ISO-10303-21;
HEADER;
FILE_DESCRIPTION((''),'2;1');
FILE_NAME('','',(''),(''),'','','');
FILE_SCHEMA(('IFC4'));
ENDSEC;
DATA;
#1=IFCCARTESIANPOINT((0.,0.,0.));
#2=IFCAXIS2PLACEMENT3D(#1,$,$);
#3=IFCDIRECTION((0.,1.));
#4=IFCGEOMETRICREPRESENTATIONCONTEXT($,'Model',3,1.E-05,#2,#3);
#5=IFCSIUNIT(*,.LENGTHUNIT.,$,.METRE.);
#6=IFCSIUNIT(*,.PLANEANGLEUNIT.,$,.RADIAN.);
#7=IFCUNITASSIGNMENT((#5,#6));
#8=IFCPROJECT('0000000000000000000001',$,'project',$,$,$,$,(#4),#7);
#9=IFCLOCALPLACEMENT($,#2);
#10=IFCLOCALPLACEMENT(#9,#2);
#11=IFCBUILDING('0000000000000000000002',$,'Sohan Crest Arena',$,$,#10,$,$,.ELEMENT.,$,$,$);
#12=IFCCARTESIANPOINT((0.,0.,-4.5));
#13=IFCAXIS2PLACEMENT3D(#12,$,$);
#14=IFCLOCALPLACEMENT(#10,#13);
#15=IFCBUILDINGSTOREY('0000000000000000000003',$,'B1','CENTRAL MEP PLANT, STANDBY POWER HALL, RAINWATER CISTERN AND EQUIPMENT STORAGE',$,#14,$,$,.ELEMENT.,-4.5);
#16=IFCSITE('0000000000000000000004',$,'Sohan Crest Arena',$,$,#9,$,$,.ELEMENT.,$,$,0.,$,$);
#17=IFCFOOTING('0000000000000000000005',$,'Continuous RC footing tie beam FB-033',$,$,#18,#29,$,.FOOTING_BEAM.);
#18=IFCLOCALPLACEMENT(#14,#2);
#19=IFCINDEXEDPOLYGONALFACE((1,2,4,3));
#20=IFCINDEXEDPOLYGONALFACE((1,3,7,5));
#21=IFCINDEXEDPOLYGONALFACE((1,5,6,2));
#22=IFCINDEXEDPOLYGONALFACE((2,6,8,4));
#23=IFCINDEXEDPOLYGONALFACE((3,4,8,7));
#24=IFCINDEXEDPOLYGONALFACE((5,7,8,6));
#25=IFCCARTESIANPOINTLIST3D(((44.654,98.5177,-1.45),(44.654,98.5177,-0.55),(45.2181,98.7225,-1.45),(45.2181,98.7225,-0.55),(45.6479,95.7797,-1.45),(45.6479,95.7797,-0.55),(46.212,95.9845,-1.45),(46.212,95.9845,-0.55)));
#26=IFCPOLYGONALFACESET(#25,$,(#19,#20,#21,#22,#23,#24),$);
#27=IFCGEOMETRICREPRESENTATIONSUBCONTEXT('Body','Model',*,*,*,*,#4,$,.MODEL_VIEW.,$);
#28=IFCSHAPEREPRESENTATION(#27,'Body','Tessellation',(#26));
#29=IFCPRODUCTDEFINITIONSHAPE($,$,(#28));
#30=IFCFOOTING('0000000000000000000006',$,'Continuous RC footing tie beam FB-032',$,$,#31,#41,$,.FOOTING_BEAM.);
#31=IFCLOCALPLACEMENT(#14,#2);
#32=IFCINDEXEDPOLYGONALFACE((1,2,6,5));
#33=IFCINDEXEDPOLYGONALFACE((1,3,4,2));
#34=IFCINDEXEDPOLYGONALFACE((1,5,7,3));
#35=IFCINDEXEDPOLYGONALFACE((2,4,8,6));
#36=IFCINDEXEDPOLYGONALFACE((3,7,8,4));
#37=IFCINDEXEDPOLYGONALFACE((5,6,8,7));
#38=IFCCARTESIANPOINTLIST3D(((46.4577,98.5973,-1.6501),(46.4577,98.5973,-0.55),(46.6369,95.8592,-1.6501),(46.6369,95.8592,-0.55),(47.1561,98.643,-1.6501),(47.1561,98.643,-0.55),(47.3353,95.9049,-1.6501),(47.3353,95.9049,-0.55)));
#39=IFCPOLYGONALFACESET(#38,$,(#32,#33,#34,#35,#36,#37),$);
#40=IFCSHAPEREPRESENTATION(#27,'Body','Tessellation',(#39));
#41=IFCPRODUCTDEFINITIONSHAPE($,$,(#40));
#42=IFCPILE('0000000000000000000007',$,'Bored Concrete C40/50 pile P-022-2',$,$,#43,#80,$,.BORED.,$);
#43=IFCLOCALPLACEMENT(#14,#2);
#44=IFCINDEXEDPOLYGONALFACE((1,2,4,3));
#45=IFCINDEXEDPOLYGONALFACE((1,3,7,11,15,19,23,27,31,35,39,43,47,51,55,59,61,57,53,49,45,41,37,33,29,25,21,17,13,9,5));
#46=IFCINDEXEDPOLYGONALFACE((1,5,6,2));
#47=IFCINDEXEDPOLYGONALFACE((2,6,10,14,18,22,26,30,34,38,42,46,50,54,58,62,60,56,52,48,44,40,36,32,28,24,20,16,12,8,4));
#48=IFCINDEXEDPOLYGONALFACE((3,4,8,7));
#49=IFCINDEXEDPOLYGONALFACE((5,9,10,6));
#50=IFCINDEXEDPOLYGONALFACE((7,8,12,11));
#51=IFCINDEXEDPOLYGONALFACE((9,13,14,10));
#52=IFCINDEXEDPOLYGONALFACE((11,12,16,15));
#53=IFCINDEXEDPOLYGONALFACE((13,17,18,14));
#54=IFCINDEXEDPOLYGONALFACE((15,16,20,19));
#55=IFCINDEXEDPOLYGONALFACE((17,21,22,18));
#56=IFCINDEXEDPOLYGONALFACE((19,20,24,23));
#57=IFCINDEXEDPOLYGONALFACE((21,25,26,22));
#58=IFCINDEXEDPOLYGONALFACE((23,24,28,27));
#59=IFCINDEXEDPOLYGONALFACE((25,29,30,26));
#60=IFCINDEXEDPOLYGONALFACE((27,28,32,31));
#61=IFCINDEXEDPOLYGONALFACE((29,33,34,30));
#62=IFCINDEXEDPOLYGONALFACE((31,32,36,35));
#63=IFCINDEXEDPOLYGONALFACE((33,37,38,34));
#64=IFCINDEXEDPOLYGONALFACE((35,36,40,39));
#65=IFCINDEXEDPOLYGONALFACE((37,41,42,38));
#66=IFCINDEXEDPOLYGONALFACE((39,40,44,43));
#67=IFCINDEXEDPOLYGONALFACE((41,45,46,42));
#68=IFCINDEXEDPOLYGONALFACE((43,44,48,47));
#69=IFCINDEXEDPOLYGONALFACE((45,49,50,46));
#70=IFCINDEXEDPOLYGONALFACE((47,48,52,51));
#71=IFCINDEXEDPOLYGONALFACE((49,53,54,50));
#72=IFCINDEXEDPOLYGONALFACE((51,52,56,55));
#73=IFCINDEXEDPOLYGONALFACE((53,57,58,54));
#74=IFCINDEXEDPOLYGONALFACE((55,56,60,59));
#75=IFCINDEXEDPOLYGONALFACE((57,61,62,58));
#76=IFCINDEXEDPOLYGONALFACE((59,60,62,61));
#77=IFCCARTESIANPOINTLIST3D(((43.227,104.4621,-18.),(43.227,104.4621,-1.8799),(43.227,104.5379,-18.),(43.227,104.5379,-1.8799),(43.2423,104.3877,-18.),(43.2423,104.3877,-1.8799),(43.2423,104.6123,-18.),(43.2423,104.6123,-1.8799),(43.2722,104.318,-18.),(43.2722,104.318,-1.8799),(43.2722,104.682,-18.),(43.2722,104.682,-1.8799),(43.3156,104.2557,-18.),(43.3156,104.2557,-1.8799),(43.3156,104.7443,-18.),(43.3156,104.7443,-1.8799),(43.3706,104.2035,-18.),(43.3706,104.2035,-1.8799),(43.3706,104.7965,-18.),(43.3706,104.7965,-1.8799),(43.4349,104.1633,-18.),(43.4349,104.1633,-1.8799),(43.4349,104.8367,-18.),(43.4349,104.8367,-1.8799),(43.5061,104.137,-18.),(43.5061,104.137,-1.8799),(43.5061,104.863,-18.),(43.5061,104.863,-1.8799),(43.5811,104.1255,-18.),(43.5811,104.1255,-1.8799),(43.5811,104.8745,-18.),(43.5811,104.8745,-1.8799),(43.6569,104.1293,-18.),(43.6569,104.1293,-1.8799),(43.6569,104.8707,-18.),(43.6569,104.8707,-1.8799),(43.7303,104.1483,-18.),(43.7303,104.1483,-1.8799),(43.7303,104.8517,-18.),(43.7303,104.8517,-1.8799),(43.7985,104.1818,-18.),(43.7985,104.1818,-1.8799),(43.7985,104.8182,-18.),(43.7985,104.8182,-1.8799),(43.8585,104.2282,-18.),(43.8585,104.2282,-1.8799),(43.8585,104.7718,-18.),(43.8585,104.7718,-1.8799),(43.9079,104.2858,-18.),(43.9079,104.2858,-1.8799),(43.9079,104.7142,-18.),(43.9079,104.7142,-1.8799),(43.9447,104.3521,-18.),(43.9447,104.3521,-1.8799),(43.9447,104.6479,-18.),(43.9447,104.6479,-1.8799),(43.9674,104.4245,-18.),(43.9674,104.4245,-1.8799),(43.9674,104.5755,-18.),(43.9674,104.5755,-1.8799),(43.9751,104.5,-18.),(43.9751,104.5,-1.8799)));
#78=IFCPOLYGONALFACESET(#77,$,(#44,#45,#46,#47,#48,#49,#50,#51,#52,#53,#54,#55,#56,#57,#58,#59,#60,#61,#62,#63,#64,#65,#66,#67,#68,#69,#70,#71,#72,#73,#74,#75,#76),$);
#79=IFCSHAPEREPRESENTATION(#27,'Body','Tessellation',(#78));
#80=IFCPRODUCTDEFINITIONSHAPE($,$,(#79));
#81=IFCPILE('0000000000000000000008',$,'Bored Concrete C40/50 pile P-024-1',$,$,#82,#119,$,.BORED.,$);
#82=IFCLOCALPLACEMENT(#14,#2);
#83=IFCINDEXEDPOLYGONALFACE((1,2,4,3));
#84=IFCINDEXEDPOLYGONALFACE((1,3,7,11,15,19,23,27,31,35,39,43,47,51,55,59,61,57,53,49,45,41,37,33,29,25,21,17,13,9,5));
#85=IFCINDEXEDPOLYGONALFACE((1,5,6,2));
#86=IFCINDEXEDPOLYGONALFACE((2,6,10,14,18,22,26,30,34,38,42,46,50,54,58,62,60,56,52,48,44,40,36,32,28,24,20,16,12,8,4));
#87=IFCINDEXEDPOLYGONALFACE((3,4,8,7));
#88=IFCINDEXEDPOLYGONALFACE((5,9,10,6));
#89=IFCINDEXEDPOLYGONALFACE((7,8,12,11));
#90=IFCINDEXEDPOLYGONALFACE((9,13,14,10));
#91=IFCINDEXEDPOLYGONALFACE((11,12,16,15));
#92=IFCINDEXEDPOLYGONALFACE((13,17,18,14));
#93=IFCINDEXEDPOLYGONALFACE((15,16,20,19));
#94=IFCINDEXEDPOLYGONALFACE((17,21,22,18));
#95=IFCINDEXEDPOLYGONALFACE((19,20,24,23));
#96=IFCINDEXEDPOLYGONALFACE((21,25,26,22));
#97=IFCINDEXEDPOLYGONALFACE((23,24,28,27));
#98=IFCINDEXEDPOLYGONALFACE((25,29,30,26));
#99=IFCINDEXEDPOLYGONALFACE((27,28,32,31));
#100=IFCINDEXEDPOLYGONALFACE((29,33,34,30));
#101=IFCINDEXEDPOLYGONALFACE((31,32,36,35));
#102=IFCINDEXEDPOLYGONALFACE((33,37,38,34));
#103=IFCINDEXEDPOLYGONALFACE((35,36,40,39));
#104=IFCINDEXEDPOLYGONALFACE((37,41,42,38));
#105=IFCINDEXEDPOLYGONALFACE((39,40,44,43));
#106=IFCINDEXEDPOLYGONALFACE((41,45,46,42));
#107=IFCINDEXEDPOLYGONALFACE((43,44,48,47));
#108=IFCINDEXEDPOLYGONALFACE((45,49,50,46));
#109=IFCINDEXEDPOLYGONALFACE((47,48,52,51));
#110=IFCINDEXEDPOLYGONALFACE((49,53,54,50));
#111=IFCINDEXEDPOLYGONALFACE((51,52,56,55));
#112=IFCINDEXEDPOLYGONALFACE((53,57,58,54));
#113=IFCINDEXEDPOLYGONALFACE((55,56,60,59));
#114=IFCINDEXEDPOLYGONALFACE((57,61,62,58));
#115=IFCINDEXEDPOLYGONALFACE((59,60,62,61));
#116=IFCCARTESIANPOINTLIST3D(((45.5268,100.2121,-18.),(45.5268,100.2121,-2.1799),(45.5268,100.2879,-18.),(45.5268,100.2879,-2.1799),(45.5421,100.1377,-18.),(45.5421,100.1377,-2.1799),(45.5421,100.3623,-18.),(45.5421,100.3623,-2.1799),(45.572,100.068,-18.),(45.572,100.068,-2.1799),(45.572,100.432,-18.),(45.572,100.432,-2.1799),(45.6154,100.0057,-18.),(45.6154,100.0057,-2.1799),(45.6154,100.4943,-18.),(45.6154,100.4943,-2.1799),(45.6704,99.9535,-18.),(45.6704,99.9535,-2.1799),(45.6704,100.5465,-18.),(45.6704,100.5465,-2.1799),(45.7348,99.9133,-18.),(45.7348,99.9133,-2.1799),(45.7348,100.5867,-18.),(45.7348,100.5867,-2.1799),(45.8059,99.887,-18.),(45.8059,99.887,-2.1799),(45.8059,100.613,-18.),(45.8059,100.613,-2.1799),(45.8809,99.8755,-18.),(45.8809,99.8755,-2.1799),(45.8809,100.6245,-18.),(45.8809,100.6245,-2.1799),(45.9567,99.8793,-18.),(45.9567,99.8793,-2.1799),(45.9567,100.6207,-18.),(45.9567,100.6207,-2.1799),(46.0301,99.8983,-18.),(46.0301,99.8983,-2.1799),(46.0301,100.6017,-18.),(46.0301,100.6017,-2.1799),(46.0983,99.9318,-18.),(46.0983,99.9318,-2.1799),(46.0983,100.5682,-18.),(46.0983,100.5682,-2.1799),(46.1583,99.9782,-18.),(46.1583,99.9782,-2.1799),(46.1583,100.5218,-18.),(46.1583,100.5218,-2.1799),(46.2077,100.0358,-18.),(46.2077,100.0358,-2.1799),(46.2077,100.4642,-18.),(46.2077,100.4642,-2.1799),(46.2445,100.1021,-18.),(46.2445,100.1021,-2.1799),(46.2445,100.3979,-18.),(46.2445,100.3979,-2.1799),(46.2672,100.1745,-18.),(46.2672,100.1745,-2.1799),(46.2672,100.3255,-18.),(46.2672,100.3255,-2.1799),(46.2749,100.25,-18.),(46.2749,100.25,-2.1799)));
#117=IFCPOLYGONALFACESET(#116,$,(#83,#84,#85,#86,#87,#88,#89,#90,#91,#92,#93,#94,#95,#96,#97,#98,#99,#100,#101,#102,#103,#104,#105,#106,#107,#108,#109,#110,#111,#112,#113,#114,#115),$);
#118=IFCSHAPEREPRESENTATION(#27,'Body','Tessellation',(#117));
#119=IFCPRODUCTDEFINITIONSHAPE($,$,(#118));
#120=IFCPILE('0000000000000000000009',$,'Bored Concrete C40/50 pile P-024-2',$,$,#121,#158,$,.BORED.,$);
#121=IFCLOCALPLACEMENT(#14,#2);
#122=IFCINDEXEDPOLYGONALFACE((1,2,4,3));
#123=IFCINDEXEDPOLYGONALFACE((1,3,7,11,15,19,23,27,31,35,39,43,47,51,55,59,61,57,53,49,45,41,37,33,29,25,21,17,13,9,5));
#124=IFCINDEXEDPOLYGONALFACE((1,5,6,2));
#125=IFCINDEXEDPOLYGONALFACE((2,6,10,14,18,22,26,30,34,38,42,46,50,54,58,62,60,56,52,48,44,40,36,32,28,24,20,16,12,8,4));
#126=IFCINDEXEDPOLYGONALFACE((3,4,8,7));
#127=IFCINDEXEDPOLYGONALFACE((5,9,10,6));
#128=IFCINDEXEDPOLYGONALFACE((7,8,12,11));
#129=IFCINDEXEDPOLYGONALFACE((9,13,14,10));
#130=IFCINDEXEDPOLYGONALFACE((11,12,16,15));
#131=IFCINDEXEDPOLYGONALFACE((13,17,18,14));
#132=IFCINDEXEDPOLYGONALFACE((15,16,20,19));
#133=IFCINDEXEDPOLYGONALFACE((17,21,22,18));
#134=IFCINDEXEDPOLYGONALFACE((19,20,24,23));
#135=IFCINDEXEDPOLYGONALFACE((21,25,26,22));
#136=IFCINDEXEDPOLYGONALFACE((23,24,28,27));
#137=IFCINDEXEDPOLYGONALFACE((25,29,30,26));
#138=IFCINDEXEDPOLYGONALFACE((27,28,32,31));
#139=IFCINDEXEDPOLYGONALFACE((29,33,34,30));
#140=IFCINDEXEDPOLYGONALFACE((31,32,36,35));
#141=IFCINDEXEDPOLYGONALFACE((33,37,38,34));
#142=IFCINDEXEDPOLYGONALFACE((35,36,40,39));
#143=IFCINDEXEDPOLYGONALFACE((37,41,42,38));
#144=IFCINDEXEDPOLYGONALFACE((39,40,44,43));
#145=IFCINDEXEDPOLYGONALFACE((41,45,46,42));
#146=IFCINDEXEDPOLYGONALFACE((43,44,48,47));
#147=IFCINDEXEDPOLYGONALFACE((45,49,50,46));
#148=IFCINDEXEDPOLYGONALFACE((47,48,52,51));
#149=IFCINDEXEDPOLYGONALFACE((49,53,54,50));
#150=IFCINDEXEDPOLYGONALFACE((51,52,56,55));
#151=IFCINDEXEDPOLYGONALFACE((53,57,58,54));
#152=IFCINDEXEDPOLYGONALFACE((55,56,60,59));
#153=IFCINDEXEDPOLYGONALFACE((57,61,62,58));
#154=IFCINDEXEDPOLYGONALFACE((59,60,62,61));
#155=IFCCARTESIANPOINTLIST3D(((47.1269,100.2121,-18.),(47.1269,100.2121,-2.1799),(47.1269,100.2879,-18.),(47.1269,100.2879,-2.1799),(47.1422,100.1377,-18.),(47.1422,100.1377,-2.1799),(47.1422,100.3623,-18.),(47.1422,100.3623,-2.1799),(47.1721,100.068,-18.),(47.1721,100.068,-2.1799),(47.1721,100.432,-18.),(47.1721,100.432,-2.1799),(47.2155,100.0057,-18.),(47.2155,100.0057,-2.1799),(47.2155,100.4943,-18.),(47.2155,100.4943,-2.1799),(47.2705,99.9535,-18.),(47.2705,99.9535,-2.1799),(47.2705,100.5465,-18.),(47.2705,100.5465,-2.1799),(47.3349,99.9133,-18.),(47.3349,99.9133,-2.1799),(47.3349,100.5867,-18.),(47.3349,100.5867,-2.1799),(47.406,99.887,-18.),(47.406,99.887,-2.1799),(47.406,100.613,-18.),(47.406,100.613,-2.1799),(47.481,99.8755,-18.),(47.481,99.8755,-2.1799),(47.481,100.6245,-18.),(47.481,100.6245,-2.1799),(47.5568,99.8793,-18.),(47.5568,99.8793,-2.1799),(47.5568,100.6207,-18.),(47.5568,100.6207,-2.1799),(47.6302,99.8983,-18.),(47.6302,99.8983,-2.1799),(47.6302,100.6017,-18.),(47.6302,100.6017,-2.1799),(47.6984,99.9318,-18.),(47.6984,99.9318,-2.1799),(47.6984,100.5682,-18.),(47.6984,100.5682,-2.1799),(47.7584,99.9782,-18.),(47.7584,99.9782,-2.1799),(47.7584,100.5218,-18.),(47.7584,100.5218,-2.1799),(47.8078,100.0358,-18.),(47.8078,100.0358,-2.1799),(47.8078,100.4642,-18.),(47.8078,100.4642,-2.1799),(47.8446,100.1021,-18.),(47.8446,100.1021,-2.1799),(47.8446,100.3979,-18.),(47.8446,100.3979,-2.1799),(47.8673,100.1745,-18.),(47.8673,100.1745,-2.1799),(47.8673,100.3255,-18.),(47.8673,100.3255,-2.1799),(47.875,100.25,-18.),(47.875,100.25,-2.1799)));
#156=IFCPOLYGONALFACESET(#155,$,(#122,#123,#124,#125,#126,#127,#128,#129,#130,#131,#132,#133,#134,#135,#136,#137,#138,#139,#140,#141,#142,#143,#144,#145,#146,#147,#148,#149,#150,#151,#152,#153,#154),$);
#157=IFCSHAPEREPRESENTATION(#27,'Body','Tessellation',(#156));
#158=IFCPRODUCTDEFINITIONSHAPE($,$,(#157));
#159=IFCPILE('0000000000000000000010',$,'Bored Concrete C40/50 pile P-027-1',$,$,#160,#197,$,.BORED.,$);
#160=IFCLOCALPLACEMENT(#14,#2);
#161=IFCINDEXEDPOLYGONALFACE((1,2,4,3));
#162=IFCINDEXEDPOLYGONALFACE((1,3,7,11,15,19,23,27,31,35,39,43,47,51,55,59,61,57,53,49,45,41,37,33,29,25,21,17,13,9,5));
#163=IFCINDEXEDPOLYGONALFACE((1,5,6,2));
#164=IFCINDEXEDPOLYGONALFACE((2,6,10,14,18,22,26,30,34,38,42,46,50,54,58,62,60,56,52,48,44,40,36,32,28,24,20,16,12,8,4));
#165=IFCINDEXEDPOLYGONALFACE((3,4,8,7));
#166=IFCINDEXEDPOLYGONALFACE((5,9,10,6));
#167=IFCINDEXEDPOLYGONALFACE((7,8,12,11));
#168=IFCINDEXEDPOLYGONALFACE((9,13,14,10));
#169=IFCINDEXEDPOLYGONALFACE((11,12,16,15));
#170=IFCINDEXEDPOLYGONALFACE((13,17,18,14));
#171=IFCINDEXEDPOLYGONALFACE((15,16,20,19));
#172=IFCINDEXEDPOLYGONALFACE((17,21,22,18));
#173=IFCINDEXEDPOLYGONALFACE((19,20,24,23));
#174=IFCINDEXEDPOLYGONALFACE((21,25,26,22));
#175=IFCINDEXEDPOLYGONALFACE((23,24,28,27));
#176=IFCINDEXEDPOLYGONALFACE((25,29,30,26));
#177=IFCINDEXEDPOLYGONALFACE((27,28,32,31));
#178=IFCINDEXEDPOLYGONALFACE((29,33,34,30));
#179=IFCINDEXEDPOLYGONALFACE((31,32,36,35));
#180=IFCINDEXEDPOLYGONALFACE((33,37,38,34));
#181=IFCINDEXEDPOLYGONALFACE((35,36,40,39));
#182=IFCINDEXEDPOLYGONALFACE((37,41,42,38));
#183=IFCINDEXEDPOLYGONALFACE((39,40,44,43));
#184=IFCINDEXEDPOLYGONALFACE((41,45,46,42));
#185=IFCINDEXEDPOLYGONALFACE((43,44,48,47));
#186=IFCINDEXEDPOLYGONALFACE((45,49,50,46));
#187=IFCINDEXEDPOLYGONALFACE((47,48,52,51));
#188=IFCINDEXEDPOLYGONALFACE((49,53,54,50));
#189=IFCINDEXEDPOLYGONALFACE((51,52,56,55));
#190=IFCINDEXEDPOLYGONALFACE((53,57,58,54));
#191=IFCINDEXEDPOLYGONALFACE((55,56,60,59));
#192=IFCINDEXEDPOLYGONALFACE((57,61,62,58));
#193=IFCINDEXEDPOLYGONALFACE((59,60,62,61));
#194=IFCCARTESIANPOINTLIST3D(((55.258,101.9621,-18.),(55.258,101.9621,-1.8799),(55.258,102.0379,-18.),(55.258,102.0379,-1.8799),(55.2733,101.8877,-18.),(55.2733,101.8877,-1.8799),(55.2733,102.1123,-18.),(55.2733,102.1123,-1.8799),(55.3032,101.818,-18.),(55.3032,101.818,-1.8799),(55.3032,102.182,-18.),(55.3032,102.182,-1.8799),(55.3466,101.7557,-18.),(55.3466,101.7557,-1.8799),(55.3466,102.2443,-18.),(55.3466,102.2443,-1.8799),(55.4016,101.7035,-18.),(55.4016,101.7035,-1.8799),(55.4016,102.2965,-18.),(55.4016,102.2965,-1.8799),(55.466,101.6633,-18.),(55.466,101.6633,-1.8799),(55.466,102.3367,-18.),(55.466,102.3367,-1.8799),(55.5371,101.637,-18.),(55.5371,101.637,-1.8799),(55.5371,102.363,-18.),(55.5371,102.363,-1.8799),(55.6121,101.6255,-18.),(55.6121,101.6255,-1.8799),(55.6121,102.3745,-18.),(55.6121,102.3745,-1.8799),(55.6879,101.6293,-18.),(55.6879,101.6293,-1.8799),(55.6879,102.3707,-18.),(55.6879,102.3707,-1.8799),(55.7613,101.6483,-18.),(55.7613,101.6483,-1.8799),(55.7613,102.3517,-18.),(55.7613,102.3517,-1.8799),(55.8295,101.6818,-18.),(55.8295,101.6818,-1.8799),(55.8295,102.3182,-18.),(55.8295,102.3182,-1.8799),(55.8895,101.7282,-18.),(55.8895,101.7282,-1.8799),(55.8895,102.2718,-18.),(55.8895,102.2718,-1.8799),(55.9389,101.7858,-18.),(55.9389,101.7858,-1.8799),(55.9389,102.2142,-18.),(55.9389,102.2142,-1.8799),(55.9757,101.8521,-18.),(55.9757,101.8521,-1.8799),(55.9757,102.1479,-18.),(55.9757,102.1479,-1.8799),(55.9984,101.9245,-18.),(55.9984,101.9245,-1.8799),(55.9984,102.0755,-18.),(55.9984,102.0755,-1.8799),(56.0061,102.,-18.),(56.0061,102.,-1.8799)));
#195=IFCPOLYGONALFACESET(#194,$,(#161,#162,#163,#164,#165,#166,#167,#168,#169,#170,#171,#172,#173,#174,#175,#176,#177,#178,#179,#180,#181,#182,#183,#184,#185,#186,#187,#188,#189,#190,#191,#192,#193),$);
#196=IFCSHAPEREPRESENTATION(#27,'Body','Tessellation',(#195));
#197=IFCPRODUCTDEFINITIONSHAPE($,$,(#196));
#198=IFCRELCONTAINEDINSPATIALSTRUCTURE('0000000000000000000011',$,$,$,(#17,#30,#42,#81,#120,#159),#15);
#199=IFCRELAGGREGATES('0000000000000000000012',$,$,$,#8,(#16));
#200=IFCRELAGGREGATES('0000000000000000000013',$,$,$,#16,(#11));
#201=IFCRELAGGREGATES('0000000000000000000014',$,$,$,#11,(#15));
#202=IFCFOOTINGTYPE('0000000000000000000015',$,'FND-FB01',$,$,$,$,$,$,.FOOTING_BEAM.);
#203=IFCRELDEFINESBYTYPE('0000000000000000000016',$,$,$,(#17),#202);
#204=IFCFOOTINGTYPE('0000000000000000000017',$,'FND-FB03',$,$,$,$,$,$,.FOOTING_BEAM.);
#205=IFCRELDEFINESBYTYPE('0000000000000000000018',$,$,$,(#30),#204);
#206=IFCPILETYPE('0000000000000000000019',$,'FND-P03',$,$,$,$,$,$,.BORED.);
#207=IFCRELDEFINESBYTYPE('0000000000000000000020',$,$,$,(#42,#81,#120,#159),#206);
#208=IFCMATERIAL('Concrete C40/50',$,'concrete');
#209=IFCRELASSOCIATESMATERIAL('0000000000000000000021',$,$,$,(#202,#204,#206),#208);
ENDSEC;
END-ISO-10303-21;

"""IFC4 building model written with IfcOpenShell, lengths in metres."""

from ifc_helpers import new_model, si_unit, direction, frame, origin, origin_2d, place, context, subcontext, project, spatial, rectangle, circle, extrude, material, material_profile, profile_set, type_object, element, save


model = new_model("IFC4")

# Units and contexts
model_context = context("Model", 3, precision=1e-05, world=origin(), true_north=direction((0.0, 1.0)))
body_context = subcontext(model_context, "Body", "Model", "MODEL_VIEW")
ifc_project = project(units=[si_unit("LENGTHUNIT", "METRE"), si_unit("PLANEANGLEUNIT", "RADIAN")], contexts=[model_context])

# Site, building, storey
site_placement = place(None, origin())
site = spatial("IfcSite", under=ifc_project, at=site_placement, Name="Sohan Crest Arena", CompositionType="ELEMENT", RefElevation=0.0)
building_placement = place(site_placement, origin())
building = spatial("IfcBuilding", under=site, at=building_placement, Name="Sohan Crest Arena", CompositionType="ELEMENT")
storey_placement = place(building_placement, frame((0.0, 0.0, -4.5)))
storey = spatial("IfcBuildingStorey", under=building, at=storey_placement, Name="B1", Description="CENTRAL MEP PLANT, STANDBY POWER HALL, RAINWATER CISTERN AND EQUIPMENT STORAGE", CompositionType="ELEMENT", Elevation=-4.5)

# Footings
ifc_material_1 = material(Name="Concrete C40/50", Category="concrete")
ifc_material_profile_1 = material_profile(ifc_material_1, rectangle(XDim=0.6001, YDim=0.8999, at=origin_2d()), Name="RC-FB 600x900")
ifc_profile_set_1 = profile_set([ifc_material_profile_1], Name="Concrete C40/50")
footing_type_1 = type_object("IfcFootingType", Name="FND-FB01", PredefinedType="FOOTING_BEAM", material=ifc_profile_set_1)
footing_1_placement = place(storey_placement, frame((45.9299, 95.8821, -1.0), z_axis=(-0.341211, 0.939987, 0.0), x_axis=(-0.939987, -0.341211, 0.0)))
element("IfcFooting", 1, at=footing_1_placement, inside=storey, type_object=footing_type_1, Name="Continuous RC footing tie beam FB-033", PredefinedType="FOOTING_BEAM", context=body_context, shape_type="SweptSolid", body=[
    extrude(rectangle(XDim=0.6001, YDim=0.8999, at=origin_2d()), origin(), (0.0, 0.0, 1.0), 2.9128),
])
ifc_material_profile_2 = material_profile(ifc_material_1, rectangle(XDim=0.7, YDim=1.1001, at=origin_2d()), Name="RC-FB 700x1100")
ifc_profile_set_2 = profile_set([ifc_material_profile_2], Name="Concrete C40/50")
footing_type_2 = type_object("IfcFootingType", Name="FND-FB03", PredefinedType="FOOTING_BEAM", material=ifc_profile_set_2)
footing_2_placement = place(storey_placement, frame((46.9861, 95.8821, -1.1001), z_axis=(-0.065308, 0.997865, 0.0), x_axis=(-0.997865, -0.065308, 0.0)))
element("IfcFooting", 2, at=footing_2_placement, inside=storey, type_object=footing_type_2, Name="Continuous RC footing tie beam FB-032", PredefinedType="FOOTING_BEAM", context=body_context, shape_type="SweptSolid", body=[
    extrude(rectangle(XDim=0.7, YDim=1.1001, at=origin_2d()), origin(), (0.0, 0.0, 1.0), 2.7439),
])

# Piles
ifc_material_profile_3 = material_profile(ifc_material_1, circle(Radius=0.375, at=origin_2d()), Name="PILE D750")
ifc_profile_set_3 = profile_set([ifc_material_profile_3], Name="Concrete C40/50")
pile_type = type_object("IfcPileType", Name="FND-P03", PredefinedType="BORED", material=ifc_profile_set_3)
pile_placement = place(storey_placement, frame((43.6001, 104.5, -18.0), z_axis=(0.0, 0.0, 1.0), x_axis=(1.0, 0.0, 0.0)))
element("IfcPile", 3, at=pile_placement, inside=storey, type_object=pile_type, Name="Bored Concrete C40/50 pile P-022-2", PredefinedType="BORED", context=body_context, shape_type="SweptSolid", body=[
    extrude(circle(Radius=0.375, at=origin_2d()), origin(), (0.0, 0.0, 1.0), 16.1201),
])
for number, where, z_axis, x_axis, name in (
    (4, (45.8999, 100.25, -18.0), (0.0, 0.0, 1.0), (1.0, 0.0, 0.0), "Bored Concrete C40/50 pile P-024-1"),
    (5, (47.5, 100.25, -18.0), (0.0, 0.0, 1.0), (1.0, 0.0, 0.0), "Bored Concrete C40/50 pile P-024-2"),
):
    element("IfcPile", number, at=place(storey_placement, frame(where, z_axis=z_axis, x_axis=x_axis)), inside=storey, type_object=pile_type, Name=name, PredefinedType="BORED", context=body_context, shape_type="SweptSolid", body=[
        extrude(circle(Radius=0.375, at=origin_2d()), origin(), (0.0, 0.0, 1.0), 15.8201),
    ])
for number, where, z_axis, x_axis, name in (
    (6, (55.6311, 102.0, -18.0), (0.0, 0.0, 1.0), (1.0, 0.0, 0.0), "Bored Concrete C40/50 pile P-027-1"),
):
    element("IfcPile", number, at=place(storey_placement, frame(where, z_axis=z_axis, x_axis=x_axis)), inside=storey, type_object=pile_type, Name=name, PredefinedType="BORED", context=body_context, shape_type="SweptSolid", body=[
        extrude(circle(Radius=0.375, at=origin_2d()), origin(), (0.0, 0.0, 1.0), 16.1201),
    ])

save(model, "model.ifc")
